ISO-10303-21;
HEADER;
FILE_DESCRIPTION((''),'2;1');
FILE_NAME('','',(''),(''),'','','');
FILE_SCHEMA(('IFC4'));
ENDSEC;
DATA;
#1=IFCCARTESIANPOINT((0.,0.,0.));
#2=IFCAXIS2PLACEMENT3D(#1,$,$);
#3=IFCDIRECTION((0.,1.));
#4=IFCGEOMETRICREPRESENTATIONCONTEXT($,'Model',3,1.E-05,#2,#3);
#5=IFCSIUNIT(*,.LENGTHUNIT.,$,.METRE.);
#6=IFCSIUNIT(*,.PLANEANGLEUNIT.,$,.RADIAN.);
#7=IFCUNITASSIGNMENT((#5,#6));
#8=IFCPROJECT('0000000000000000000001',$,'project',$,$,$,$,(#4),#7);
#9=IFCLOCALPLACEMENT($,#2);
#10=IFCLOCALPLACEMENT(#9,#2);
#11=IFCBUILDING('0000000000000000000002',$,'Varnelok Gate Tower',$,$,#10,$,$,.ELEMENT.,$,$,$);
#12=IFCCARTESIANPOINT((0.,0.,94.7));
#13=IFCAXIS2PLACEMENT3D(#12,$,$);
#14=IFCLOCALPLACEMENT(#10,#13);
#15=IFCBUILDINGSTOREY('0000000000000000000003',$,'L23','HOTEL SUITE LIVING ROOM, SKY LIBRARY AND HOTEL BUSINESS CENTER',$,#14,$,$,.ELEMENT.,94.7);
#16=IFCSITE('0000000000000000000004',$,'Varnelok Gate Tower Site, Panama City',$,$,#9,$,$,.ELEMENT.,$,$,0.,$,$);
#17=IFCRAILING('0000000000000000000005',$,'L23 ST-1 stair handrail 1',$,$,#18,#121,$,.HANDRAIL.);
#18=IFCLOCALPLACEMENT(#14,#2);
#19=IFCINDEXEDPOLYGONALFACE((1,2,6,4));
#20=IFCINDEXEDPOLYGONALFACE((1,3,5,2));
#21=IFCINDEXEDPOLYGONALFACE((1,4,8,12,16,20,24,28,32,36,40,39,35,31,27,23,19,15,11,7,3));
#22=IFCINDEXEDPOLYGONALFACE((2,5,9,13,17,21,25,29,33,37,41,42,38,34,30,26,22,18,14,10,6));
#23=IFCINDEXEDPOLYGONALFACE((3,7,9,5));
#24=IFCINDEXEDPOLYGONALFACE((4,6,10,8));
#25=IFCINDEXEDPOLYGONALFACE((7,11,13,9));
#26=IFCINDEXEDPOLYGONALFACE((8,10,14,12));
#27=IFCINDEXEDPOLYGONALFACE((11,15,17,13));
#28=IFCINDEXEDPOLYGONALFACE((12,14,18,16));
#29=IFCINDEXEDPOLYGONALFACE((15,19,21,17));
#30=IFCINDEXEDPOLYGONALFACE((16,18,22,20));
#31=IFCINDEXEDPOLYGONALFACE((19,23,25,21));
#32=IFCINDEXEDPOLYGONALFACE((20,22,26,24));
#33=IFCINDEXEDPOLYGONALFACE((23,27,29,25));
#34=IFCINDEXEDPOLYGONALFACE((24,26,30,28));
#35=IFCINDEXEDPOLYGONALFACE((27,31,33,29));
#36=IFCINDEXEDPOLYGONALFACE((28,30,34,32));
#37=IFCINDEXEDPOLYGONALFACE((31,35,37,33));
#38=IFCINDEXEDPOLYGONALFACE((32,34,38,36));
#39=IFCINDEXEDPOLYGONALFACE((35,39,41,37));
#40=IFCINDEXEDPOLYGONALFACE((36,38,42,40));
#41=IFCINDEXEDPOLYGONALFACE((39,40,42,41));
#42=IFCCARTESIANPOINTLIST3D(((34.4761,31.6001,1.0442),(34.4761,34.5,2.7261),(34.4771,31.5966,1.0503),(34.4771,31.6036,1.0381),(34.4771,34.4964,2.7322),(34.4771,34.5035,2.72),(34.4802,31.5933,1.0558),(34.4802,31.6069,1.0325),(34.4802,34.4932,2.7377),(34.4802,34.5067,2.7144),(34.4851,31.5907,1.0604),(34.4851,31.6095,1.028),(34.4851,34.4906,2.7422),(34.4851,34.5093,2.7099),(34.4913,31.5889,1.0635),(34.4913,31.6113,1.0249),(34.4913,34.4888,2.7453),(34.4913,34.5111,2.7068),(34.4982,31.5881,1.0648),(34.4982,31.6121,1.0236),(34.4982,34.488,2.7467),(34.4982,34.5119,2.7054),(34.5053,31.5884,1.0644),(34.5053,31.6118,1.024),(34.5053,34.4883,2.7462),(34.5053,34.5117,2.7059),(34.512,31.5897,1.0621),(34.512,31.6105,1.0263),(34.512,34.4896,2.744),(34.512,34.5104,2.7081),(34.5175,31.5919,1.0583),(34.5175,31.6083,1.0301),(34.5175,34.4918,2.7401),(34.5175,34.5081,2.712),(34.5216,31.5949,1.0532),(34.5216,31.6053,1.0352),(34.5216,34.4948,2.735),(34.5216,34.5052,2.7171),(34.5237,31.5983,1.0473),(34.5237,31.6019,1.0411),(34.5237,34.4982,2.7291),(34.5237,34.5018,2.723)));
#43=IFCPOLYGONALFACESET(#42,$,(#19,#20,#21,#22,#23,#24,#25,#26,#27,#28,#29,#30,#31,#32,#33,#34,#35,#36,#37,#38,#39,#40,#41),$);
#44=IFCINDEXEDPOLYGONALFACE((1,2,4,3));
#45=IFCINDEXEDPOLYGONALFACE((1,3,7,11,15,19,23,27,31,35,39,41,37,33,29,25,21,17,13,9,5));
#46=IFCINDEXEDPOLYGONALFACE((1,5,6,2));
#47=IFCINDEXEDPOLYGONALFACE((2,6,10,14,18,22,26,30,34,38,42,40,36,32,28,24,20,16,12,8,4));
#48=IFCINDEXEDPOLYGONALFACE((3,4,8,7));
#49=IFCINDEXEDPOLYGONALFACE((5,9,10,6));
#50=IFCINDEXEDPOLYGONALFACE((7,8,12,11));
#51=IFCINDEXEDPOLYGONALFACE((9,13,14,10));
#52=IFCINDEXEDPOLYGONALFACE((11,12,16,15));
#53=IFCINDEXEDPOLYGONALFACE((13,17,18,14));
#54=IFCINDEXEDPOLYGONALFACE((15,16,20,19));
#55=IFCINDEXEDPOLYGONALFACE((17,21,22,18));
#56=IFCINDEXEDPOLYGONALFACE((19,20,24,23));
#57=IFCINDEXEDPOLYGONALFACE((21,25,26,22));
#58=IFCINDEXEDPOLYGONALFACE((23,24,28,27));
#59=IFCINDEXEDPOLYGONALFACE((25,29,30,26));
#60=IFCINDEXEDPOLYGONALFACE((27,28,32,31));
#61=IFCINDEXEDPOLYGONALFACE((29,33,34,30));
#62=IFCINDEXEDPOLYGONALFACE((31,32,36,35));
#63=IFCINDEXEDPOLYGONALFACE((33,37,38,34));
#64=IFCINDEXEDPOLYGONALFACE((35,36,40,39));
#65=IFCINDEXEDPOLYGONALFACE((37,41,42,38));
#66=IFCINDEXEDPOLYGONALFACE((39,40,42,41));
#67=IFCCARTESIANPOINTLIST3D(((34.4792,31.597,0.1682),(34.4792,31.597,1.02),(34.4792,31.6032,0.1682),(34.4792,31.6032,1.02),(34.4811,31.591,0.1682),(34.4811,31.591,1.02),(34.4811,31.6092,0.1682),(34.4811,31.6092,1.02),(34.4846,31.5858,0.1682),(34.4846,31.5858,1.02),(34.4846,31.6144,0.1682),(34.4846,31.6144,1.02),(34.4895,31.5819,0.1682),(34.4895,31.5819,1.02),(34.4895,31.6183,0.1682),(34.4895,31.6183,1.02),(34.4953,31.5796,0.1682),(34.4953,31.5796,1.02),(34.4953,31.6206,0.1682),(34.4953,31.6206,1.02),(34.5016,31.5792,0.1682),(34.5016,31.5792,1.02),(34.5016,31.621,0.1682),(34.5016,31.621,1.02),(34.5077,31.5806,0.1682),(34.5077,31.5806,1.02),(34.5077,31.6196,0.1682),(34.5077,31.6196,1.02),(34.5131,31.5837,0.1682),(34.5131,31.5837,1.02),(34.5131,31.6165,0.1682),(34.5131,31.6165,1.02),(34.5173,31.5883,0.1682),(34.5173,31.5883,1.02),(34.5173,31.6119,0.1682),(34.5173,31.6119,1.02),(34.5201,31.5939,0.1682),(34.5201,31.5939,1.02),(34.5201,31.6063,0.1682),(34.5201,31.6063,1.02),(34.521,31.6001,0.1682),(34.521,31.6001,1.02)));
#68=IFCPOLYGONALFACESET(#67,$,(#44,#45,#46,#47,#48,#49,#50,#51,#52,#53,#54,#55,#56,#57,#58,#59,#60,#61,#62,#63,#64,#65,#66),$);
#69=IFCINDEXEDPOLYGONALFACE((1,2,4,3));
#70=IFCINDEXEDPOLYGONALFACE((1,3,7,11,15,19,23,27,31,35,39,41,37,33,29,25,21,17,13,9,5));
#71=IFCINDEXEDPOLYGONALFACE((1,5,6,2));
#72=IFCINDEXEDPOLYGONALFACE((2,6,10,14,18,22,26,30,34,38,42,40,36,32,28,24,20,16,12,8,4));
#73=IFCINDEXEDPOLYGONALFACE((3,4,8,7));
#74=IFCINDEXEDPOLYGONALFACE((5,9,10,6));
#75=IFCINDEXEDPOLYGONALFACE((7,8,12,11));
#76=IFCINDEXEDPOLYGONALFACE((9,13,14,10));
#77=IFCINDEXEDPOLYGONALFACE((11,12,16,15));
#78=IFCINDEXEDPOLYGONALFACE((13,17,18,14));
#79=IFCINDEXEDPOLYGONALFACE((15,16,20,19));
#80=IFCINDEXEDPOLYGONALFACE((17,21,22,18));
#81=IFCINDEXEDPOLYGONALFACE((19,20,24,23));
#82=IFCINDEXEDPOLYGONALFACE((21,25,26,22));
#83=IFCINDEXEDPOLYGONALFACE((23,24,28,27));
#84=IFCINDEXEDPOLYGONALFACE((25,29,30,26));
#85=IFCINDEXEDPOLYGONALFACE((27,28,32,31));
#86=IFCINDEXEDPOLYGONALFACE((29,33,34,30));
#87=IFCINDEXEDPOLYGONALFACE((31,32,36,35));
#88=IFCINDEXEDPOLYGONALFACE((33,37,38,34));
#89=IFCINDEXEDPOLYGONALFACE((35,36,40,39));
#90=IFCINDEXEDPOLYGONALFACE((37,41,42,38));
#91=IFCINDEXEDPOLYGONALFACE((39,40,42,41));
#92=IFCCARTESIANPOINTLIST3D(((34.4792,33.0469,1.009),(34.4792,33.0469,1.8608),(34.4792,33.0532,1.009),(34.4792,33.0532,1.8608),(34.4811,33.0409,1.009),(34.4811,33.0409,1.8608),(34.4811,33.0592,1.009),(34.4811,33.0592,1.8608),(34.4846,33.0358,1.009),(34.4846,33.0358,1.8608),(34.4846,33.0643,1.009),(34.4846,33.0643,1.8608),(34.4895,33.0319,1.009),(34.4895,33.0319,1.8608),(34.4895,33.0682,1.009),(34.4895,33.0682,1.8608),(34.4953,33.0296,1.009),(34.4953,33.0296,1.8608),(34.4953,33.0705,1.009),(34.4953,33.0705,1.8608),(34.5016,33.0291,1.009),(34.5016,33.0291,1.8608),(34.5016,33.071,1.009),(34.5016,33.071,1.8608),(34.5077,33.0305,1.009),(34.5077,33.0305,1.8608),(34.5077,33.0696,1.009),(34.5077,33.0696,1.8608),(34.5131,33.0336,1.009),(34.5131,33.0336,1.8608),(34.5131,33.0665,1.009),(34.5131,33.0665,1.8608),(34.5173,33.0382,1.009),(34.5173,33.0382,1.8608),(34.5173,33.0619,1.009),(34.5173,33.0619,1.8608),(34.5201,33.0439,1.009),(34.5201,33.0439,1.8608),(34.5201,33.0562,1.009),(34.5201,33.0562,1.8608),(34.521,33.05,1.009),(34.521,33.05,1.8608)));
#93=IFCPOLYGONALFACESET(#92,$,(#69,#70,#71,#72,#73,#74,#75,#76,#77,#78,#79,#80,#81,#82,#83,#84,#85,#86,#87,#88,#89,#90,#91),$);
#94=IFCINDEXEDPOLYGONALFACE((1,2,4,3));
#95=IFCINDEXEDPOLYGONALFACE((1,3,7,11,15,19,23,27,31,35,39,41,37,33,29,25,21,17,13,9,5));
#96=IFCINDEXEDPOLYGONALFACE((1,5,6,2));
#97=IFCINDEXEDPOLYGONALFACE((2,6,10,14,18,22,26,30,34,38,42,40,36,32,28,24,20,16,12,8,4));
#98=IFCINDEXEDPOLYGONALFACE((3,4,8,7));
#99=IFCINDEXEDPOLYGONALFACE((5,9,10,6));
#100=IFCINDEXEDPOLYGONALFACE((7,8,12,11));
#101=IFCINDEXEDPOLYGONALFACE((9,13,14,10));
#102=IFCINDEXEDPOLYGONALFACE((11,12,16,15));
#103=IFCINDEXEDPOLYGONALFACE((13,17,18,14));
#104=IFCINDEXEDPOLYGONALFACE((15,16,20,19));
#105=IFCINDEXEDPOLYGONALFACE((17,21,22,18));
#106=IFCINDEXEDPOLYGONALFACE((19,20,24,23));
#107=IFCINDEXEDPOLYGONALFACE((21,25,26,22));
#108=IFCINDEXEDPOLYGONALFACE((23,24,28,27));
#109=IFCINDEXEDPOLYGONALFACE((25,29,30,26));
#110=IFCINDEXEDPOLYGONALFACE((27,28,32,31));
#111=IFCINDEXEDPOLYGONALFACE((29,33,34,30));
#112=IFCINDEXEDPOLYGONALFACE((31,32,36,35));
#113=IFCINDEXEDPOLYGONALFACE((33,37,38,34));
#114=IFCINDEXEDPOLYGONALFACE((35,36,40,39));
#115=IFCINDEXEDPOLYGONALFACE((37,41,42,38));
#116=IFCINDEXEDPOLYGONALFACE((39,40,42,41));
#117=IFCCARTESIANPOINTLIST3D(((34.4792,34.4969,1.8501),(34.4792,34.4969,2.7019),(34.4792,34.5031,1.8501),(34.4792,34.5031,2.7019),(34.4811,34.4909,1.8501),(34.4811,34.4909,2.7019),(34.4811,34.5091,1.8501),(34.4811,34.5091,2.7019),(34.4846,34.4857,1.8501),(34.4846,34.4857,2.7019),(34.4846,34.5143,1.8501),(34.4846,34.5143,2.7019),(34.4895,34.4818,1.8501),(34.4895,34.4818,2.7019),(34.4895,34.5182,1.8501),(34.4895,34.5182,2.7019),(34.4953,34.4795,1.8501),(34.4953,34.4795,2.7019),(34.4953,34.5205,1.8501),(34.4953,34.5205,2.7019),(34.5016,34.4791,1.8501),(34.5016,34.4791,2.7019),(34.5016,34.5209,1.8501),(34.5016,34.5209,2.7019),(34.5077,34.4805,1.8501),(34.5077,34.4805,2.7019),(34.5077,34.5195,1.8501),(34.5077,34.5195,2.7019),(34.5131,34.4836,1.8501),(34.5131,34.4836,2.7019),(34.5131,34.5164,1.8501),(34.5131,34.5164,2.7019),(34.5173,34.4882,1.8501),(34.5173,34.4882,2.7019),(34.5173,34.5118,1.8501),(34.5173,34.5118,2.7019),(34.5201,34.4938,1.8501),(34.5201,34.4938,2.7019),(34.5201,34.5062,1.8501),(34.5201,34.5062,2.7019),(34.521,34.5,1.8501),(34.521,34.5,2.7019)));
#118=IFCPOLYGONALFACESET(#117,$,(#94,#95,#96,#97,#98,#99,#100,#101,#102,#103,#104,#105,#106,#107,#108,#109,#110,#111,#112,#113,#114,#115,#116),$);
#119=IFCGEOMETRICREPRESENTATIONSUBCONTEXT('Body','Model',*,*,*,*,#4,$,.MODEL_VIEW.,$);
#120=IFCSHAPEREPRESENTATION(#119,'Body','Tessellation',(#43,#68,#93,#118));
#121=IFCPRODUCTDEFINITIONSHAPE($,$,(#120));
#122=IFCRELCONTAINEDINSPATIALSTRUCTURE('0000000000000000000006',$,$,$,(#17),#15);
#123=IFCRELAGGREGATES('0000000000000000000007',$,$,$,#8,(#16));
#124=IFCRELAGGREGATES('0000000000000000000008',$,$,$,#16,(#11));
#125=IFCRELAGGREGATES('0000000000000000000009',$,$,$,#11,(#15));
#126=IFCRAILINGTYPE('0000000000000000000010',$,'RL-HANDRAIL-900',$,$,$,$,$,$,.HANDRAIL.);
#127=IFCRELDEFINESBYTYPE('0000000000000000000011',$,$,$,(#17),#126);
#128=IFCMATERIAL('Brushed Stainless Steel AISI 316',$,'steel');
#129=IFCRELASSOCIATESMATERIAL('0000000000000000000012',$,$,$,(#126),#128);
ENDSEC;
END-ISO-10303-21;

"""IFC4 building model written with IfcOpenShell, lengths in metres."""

from ifc_helpers import new_model, si_unit, direction, frame, origin, origin_2d, place, context, subcontext, project, spatial, circle, extrude, material, type_object, element, save


model = new_model("IFC4")

# Units and contexts
model_context = context("Model", 3, precision=1e-05, world=origin(), true_north=direction((0.0, 1.0)))
body_context = subcontext(model_context, "Body", "Model", "MODEL_VIEW")
ifc_project = project(units=[si_unit("LENGTHUNIT", "METRE"), si_unit("PLANEANGLEUNIT", "RADIAN")], contexts=[model_context])

# Site, building, storey
site_placement = place(None, origin())
site = spatial("IfcSite", under=ifc_project, at=site_placement, Name="Varnelok Gate Tower Site, Panama City", CompositionType="ELEMENT", RefElevation=0.0)
building_placement = place(site_placement, origin())
building = spatial("IfcBuilding", under=site, at=building_placement, Name="Varnelok Gate Tower", CompositionType="ELEMENT")
storey_placement = place(building_placement, frame((0.0, 0.0, 94.7)))
storey = spatial("IfcBuildingStorey", under=building, at=storey_placement, Name="L23", Description="HOTEL SUITE LIVING ROOM, SKY LIBRARY AND HOTEL BUSINESS CENTER", CompositionType="ELEMENT", Elevation=94.7)

# Railing
ifc_material_1 = material(Name="Brushed Stainless Steel AISI 316", Category="steel")
railing_type_1 = type_object("IfcRailingType", Name="RL-HANDRAIL-900", PredefinedType="HANDRAIL", material=ifc_material_1)
railing_1_placement = place(storey_placement, frame((34.5, 31.6001, 0.1682)))
element("IfcRailing", 1, at=railing_1_placement, inside=storey, type_object=railing_type_1, Name="L23 ST-1 stair handrail 1", PredefinedType="HANDRAIL", context=body_context, shape_type="SweptSolid", body=[
    extrude(circle(Radius=0.0239, at=origin_2d()), frame((0.0, 0.0, 0.876), z_axis=(0.0, 0.865039, 0.501705), x_axis=(-1.0, 0.0, 0.0)), (0.0, 0.0, 1.0), 3.3523),
    extrude(circle(Radius=0.021, at=origin_2d()), origin(), (0.0, 0.0, 1.0), 0.8518),
    extrude(circle(Radius=0.021, at=origin_2d()), frame((0.0, 1.45, 0.8408)), (0.0, 0.0, 1.0), 0.8518),
    extrude(circle(Radius=0.021, at=origin_2d()), frame((0.0, 2.8999, 1.6819)), (0.0, 0.0, 1.0), 0.8518),
])

save(model, "model.ifc")
